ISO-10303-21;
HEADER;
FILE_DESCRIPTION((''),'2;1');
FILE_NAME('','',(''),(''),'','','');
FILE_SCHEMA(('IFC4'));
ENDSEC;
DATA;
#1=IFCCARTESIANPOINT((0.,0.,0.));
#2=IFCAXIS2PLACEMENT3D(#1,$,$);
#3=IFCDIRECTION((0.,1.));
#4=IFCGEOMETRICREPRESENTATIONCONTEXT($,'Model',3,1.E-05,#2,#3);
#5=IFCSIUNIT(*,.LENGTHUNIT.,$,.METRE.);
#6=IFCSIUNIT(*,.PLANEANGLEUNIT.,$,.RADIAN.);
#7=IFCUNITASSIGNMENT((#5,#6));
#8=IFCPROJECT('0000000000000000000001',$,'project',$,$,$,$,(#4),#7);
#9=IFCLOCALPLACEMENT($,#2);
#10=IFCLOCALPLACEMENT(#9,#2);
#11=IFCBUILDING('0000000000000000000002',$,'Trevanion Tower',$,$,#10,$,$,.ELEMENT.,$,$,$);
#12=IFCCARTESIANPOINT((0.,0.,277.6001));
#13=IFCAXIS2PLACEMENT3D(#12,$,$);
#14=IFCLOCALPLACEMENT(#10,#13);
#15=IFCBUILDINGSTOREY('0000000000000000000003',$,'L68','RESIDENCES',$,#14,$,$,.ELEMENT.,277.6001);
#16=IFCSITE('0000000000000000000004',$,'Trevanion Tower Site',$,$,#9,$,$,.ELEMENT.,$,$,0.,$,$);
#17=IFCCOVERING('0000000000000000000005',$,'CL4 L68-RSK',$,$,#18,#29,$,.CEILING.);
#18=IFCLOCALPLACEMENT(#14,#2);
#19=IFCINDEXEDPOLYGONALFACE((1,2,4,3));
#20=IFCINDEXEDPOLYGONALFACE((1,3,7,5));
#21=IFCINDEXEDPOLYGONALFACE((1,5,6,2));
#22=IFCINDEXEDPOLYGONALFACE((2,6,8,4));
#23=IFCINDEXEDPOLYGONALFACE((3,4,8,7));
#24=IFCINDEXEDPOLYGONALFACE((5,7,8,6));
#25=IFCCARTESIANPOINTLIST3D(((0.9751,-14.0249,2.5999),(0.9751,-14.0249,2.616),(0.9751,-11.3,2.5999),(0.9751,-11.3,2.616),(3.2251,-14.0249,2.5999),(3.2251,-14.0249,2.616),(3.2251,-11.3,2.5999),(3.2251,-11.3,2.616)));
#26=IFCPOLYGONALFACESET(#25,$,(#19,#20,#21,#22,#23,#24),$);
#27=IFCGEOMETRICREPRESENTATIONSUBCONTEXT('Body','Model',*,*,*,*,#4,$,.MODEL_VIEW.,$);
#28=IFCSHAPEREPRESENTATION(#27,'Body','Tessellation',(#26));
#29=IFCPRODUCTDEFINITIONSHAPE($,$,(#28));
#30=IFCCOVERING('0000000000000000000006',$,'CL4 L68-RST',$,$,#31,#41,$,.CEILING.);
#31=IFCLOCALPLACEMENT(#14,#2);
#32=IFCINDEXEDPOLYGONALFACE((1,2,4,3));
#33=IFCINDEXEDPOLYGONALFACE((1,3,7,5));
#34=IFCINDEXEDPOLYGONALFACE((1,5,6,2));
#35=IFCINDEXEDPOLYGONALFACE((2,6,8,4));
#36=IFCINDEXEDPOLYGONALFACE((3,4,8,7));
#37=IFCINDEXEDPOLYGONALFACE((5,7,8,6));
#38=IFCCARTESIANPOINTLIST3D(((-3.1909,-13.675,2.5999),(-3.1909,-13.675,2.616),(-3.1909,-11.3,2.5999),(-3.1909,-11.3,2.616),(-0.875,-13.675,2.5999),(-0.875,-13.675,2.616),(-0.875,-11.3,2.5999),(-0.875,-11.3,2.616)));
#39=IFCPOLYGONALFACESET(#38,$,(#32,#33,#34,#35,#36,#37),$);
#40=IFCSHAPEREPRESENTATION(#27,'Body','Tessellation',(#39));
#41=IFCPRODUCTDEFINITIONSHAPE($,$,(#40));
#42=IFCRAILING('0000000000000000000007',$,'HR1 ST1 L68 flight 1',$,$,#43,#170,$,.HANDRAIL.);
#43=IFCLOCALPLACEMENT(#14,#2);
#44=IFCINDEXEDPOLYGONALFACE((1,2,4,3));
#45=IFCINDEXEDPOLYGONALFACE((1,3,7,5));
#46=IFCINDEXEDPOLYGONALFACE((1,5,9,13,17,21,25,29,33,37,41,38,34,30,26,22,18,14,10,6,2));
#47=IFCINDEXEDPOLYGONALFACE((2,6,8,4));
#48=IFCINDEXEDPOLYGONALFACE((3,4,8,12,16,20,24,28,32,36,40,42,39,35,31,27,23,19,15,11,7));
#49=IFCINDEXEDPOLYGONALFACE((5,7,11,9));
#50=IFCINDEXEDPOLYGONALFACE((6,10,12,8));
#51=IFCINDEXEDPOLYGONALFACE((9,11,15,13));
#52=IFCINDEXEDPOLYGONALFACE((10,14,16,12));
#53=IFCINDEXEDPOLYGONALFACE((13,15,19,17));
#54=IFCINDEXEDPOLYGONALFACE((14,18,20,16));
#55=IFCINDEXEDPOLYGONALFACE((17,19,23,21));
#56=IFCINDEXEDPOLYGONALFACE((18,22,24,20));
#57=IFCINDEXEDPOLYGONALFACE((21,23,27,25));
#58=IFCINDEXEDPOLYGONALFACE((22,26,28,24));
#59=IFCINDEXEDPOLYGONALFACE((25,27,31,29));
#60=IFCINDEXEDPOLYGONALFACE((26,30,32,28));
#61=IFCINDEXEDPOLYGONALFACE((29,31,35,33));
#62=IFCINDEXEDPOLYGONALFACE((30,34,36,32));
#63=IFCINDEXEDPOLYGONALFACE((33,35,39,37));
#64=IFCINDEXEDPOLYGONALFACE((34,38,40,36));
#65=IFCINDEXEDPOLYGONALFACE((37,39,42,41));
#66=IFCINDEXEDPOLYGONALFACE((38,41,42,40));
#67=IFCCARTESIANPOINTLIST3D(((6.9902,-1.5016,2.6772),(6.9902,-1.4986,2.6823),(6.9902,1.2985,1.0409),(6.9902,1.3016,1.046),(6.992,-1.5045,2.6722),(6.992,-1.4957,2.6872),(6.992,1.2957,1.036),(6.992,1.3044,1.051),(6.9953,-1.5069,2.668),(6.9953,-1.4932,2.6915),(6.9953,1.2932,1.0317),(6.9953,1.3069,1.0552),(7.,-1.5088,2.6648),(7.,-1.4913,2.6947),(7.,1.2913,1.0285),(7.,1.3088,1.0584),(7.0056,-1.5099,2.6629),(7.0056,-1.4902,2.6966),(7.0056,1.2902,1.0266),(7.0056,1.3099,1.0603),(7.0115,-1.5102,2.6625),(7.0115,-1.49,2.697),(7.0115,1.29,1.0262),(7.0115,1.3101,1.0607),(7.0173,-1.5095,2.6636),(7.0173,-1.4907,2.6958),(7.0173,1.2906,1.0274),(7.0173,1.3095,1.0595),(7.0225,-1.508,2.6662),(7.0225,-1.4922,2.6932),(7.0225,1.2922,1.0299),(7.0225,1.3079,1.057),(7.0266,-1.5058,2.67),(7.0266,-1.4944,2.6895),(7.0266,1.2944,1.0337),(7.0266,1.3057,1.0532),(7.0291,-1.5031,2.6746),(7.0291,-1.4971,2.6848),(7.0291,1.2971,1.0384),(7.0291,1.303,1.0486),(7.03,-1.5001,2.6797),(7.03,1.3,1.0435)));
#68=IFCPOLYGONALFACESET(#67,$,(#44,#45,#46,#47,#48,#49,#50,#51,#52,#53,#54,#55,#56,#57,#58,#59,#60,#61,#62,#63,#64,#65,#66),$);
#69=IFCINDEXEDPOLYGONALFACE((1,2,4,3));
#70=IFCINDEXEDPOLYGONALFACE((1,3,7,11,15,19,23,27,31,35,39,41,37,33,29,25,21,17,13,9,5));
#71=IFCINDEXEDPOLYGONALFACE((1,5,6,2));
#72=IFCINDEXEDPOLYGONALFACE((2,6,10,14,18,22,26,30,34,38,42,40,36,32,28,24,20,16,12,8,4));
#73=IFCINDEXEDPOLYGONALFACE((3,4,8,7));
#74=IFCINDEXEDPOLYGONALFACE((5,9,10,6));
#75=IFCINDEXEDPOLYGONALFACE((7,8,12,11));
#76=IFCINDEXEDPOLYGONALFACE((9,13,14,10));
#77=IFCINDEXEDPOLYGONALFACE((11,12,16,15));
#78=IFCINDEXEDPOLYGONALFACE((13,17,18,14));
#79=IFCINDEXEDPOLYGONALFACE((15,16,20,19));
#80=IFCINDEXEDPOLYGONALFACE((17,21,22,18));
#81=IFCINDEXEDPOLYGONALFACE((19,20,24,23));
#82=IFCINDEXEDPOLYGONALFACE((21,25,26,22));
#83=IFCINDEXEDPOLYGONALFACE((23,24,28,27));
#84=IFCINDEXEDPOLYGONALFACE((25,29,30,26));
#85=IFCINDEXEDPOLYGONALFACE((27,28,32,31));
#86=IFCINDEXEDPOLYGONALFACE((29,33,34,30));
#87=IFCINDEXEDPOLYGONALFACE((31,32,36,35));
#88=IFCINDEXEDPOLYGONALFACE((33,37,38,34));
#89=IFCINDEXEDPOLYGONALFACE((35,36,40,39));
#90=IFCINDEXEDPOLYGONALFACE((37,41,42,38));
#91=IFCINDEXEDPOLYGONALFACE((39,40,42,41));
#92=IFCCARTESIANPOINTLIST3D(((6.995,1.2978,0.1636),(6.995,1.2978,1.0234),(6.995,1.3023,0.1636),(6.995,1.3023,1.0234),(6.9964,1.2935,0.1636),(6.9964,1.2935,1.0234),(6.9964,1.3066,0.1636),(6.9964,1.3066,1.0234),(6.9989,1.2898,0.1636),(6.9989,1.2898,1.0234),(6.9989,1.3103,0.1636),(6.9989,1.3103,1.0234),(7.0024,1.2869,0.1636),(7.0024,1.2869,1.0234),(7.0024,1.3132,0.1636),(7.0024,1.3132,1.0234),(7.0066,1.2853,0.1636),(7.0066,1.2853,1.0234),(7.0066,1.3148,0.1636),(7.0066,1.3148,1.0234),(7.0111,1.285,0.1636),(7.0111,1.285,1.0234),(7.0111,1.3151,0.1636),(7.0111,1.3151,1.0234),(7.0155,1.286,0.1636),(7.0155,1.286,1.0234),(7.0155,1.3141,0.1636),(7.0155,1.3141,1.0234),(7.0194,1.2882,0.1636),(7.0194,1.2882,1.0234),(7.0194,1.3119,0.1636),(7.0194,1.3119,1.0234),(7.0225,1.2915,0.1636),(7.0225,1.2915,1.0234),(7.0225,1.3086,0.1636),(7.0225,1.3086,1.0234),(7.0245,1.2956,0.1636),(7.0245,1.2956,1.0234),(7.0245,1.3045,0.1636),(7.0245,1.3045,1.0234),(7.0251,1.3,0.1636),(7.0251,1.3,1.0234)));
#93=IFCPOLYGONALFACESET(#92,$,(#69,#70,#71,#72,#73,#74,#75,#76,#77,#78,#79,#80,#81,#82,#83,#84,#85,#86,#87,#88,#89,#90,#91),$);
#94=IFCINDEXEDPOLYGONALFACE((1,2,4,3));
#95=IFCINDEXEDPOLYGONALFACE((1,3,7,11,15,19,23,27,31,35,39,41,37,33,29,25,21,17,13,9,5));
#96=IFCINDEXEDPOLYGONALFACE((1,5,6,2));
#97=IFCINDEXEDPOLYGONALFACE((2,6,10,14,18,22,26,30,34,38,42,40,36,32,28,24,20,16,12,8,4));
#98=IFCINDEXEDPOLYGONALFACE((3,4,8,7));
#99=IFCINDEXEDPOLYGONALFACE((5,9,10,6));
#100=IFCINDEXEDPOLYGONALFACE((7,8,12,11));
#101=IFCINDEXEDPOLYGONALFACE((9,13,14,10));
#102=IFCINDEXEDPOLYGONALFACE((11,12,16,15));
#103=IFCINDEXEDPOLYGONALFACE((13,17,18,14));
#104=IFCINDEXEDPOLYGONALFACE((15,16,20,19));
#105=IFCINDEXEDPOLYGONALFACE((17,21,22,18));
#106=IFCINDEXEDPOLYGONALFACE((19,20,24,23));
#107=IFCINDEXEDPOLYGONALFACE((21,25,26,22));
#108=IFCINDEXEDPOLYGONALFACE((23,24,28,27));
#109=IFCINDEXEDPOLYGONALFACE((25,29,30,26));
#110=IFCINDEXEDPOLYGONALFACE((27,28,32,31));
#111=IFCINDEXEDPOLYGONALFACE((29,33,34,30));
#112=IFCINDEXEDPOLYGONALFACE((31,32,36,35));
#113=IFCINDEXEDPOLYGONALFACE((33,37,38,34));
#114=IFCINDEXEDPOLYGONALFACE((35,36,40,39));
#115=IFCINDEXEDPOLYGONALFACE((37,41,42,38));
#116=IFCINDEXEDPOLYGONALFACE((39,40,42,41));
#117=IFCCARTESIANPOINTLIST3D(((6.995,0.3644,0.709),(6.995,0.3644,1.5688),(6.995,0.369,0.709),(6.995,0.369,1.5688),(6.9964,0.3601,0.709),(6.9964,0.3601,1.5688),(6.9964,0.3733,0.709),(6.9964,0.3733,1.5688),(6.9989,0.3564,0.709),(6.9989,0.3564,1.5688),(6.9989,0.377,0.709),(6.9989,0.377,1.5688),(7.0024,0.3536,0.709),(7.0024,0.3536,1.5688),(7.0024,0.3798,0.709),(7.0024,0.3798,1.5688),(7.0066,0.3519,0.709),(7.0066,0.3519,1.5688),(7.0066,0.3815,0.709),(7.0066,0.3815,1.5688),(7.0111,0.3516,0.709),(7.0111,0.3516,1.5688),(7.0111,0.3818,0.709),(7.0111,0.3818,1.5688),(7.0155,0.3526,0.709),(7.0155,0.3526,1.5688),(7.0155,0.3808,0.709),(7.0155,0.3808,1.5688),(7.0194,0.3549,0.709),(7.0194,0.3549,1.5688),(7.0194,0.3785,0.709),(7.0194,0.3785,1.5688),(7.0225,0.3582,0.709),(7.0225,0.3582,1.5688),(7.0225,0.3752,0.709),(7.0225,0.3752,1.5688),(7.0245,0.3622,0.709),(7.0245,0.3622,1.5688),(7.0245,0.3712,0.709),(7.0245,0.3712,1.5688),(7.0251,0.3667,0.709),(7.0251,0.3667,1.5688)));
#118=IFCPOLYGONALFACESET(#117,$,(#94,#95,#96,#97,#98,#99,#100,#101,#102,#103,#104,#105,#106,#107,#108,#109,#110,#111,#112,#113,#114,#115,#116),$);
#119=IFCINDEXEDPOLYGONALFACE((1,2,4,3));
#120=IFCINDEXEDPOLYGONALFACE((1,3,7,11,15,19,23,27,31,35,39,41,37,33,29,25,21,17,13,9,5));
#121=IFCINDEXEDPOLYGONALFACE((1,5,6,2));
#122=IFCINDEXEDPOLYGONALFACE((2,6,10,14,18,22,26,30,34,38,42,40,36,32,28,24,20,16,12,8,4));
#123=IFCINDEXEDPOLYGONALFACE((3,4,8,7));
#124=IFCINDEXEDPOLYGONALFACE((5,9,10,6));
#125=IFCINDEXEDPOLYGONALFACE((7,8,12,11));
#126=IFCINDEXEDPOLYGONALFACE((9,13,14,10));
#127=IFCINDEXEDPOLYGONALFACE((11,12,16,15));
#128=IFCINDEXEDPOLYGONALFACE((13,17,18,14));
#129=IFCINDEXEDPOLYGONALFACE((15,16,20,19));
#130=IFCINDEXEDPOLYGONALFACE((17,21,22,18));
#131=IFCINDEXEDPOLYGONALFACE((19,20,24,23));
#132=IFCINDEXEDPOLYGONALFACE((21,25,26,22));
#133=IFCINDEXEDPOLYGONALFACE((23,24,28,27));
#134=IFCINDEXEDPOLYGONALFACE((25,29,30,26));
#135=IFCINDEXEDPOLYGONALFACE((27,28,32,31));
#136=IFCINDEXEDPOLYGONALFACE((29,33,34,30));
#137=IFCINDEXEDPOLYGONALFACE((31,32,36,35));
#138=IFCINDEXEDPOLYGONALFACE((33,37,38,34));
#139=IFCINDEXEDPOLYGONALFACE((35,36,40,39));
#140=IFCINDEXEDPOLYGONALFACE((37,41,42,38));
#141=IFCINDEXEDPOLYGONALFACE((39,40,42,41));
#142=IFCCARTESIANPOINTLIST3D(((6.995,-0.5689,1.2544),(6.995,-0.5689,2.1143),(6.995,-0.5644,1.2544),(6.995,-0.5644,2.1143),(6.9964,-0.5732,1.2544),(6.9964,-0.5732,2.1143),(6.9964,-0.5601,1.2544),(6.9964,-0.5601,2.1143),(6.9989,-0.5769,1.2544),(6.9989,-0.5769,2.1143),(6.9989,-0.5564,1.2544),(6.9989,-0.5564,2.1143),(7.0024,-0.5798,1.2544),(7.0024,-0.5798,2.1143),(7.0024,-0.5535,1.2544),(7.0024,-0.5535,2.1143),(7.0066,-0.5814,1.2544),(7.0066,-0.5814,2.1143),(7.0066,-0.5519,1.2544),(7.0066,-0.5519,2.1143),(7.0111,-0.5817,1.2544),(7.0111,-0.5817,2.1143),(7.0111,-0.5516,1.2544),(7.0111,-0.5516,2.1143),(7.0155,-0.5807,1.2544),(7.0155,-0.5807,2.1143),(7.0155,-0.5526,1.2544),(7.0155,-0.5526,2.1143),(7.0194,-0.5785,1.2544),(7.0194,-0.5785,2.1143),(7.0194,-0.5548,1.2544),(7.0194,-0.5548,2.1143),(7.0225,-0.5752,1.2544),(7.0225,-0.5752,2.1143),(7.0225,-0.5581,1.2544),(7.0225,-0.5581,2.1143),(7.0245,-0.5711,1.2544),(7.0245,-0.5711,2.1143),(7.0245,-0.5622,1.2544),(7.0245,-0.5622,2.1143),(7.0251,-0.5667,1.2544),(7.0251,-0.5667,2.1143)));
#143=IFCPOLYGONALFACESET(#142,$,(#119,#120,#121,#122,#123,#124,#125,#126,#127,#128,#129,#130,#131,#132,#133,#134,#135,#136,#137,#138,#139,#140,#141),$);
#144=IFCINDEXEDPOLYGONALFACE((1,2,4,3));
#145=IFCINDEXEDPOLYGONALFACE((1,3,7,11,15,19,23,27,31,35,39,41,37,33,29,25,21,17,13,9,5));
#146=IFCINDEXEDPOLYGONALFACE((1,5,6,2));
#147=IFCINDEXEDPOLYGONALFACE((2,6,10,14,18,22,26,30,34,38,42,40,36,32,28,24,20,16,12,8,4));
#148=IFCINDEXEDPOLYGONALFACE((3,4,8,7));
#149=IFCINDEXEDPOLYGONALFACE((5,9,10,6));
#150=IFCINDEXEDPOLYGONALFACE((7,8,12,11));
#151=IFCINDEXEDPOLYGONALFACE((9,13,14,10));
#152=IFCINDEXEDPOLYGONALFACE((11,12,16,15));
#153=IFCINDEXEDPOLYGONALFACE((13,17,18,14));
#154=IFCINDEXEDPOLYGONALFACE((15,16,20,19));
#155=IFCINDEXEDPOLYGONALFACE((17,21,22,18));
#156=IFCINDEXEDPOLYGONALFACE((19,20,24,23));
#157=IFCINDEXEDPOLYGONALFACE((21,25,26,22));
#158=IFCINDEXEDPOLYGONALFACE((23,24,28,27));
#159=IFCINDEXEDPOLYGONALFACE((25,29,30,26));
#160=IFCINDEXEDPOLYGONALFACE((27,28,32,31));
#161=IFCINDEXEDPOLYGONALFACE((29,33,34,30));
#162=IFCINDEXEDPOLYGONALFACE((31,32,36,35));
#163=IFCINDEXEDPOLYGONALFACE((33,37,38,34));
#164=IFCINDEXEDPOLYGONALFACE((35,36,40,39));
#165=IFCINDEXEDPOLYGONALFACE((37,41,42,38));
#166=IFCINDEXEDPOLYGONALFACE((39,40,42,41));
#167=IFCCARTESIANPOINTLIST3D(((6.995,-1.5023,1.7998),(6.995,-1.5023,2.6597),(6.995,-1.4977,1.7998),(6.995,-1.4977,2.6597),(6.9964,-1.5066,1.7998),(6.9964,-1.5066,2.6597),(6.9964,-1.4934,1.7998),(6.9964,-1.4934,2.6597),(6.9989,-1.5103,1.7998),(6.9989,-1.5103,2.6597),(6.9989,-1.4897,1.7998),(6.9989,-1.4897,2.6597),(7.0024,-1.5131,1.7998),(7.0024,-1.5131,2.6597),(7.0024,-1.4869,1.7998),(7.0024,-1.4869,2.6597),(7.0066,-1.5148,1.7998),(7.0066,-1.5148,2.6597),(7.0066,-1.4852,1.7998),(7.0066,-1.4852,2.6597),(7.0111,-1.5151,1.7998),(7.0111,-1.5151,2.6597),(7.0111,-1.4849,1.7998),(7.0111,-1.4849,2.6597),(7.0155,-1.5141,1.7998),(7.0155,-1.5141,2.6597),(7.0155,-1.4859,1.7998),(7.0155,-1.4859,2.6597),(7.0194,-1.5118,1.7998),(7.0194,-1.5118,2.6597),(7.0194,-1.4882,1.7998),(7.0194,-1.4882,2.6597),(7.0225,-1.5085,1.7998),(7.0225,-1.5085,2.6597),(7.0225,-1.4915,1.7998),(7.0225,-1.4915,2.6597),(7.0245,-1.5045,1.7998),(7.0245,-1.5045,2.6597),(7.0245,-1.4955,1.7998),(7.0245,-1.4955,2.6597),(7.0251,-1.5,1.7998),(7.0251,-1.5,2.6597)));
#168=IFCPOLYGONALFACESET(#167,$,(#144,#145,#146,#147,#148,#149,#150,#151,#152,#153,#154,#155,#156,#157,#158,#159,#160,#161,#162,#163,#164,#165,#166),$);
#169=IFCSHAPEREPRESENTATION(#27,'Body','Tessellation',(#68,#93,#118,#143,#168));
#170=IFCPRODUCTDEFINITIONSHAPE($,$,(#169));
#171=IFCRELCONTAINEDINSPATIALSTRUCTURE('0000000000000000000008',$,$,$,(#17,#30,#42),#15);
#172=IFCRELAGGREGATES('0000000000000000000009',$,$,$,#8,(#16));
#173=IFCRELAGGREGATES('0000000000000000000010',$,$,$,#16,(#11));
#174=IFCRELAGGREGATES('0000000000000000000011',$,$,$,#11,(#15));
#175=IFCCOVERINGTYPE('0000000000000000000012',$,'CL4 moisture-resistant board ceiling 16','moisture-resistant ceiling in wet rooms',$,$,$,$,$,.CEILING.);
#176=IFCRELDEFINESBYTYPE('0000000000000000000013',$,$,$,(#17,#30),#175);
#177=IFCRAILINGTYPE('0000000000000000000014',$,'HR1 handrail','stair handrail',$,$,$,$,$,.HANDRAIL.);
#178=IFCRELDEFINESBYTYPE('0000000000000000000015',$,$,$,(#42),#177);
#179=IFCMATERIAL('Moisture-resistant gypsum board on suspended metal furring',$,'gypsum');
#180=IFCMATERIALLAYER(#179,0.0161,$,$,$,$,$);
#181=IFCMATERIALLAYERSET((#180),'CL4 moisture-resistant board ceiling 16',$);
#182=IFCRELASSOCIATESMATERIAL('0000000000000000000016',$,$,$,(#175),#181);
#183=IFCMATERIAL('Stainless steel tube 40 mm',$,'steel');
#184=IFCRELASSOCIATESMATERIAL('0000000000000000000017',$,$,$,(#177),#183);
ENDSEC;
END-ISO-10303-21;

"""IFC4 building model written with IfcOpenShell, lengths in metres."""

from ifc_helpers import new_model, si_unit, direction, frame, origin, origin_2d, place, context, subcontext, project, spatial, polyline, circle, outline, extrude, material, layer, layer_set, type_object, element, save


model = new_model("IFC4")

# Units and contexts
model_context = context("Model", 3, precision=1e-05, world=origin(), true_north=direction((0.0, 1.0)))
body_context = subcontext(model_context, "Body", "Model", "MODEL_VIEW")
ifc_project = project(units=[si_unit("LENGTHUNIT", "METRE"), si_unit("PLANEANGLEUNIT", "RADIAN")], contexts=[model_context])

# Site, building, storey
site_placement = place(None, origin())
site = spatial("IfcSite", under=ifc_project, at=site_placement, Name="Trevanion Tower Site", CompositionType="ELEMENT", RefElevation=0.0)
building_placement = place(site_placement, origin())
building = spatial("IfcBuilding", under=site, at=building_placement, Name="Trevanion Tower", CompositionType="ELEMENT")
storey_placement = place(building_placement, frame((0.0, 0.0, 277.6001)))
storey = spatial("IfcBuildingStorey", under=building, at=storey_placement, Name="L68", Description="RESIDENCES", CompositionType="ELEMENT", Elevation=277.6001)

# Coverings
ifc_material_1 = material(Name="Moisture-resistant gypsum board on suspended metal furring", Category="gypsum")
ifc_layer_1 = layer(ifc_material_1, 0.0161)
ifc_layer_set_1 = layer_set([ifc_layer_1], Name="CL4 moisture-resistant board ceiling 16")
covering_type_1 = type_object("IfcCoveringType", Name="CL4 moisture-resistant board ceiling 16", Description="moisture-resistant ceiling in wet rooms", PredefinedType="CEILING", material=ifc_layer_set_1)
covering_1_placement = place(storey_placement, frame((0.0, 0.0, 2.5999)))
element("IfcCovering", 1, at=covering_1_placement, inside=storey, type_object=covering_type_1, Name="CL4 L68-RSK", PredefinedType="CEILING", context=body_context, shape_type="SweptSolid", body=[
    extrude(outline(polyline([(0.9751, -14.0249), (3.2251, -14.0249), (3.2251, -11.3), (0.9751, -11.3), (0.9751, -14.0249)])), origin(), (0.0, 0.0, 1.0), 0.0161),
])
covering_2_placement = place(storey_placement, frame((0.0, 0.0, 2.5999)))
element("IfcCovering", 2, at=covering_2_placement, inside=storey, type_object=covering_type_1, Name="CL4 L68-RST", PredefinedType="CEILING", context=body_context, shape_type="SweptSolid", body=[
    extrude(outline(polyline([(-3.1909, -13.675), (-0.875, -13.675), (-0.875, -11.3), (-3.1909, -11.3), (-3.1909, -13.675)])), origin(), (0.0, 0.0, 1.0), 0.0161),
])

# Railing
ifc_material_2 = material(Name="Stainless steel tube 40 mm", Category="steel")
railing_type = type_object("IfcRailingType", Name="HR1 handrail", Description="stair handrail", PredefinedType="HANDRAIL", material=ifc_material_2)
for number, where, name in (
    (3, (7.01, 1.3, 0.1636), "HR1 ST1 L68 flight 1"),
):
    element("IfcRailing", number, at=place(storey_placement, frame(where)), inside=storey, type_object=railing_type, Name=name, PredefinedType="HANDRAIL", context=body_context, shape_type="SweptSolid", body=[
        extrude(circle(Radius=0.02, at=origin_2d()), frame((0.0, 0.0, 0.8799), z_axis=(0.0, -0.863394, 0.504531), x_axis=(1.0, 0.0, 0.0)), (0.0, 0.0, 1.0), 3.2432),
        extrude(circle(Radius=0.0151, at=origin_2d()), origin(), (0.0, 0.0, 1.0), 0.8599),
        extrude(circle(Radius=0.0151, at=origin_2d()), frame((0.0, -0.9333, 0.5454)), (0.0, 0.0, 1.0), 0.8599),
        extrude(circle(Radius=0.0151, at=origin_2d()), frame((0.0, -1.8667, 1.0908)), (0.0, 0.0, 1.0), 0.8599),
        extrude(circle(Radius=0.0151, at=origin_2d()), frame((0.0, -2.8, 1.6362)), (0.0, 0.0, 1.0), 0.8599),
    ])

save(model, "model.ifc")
